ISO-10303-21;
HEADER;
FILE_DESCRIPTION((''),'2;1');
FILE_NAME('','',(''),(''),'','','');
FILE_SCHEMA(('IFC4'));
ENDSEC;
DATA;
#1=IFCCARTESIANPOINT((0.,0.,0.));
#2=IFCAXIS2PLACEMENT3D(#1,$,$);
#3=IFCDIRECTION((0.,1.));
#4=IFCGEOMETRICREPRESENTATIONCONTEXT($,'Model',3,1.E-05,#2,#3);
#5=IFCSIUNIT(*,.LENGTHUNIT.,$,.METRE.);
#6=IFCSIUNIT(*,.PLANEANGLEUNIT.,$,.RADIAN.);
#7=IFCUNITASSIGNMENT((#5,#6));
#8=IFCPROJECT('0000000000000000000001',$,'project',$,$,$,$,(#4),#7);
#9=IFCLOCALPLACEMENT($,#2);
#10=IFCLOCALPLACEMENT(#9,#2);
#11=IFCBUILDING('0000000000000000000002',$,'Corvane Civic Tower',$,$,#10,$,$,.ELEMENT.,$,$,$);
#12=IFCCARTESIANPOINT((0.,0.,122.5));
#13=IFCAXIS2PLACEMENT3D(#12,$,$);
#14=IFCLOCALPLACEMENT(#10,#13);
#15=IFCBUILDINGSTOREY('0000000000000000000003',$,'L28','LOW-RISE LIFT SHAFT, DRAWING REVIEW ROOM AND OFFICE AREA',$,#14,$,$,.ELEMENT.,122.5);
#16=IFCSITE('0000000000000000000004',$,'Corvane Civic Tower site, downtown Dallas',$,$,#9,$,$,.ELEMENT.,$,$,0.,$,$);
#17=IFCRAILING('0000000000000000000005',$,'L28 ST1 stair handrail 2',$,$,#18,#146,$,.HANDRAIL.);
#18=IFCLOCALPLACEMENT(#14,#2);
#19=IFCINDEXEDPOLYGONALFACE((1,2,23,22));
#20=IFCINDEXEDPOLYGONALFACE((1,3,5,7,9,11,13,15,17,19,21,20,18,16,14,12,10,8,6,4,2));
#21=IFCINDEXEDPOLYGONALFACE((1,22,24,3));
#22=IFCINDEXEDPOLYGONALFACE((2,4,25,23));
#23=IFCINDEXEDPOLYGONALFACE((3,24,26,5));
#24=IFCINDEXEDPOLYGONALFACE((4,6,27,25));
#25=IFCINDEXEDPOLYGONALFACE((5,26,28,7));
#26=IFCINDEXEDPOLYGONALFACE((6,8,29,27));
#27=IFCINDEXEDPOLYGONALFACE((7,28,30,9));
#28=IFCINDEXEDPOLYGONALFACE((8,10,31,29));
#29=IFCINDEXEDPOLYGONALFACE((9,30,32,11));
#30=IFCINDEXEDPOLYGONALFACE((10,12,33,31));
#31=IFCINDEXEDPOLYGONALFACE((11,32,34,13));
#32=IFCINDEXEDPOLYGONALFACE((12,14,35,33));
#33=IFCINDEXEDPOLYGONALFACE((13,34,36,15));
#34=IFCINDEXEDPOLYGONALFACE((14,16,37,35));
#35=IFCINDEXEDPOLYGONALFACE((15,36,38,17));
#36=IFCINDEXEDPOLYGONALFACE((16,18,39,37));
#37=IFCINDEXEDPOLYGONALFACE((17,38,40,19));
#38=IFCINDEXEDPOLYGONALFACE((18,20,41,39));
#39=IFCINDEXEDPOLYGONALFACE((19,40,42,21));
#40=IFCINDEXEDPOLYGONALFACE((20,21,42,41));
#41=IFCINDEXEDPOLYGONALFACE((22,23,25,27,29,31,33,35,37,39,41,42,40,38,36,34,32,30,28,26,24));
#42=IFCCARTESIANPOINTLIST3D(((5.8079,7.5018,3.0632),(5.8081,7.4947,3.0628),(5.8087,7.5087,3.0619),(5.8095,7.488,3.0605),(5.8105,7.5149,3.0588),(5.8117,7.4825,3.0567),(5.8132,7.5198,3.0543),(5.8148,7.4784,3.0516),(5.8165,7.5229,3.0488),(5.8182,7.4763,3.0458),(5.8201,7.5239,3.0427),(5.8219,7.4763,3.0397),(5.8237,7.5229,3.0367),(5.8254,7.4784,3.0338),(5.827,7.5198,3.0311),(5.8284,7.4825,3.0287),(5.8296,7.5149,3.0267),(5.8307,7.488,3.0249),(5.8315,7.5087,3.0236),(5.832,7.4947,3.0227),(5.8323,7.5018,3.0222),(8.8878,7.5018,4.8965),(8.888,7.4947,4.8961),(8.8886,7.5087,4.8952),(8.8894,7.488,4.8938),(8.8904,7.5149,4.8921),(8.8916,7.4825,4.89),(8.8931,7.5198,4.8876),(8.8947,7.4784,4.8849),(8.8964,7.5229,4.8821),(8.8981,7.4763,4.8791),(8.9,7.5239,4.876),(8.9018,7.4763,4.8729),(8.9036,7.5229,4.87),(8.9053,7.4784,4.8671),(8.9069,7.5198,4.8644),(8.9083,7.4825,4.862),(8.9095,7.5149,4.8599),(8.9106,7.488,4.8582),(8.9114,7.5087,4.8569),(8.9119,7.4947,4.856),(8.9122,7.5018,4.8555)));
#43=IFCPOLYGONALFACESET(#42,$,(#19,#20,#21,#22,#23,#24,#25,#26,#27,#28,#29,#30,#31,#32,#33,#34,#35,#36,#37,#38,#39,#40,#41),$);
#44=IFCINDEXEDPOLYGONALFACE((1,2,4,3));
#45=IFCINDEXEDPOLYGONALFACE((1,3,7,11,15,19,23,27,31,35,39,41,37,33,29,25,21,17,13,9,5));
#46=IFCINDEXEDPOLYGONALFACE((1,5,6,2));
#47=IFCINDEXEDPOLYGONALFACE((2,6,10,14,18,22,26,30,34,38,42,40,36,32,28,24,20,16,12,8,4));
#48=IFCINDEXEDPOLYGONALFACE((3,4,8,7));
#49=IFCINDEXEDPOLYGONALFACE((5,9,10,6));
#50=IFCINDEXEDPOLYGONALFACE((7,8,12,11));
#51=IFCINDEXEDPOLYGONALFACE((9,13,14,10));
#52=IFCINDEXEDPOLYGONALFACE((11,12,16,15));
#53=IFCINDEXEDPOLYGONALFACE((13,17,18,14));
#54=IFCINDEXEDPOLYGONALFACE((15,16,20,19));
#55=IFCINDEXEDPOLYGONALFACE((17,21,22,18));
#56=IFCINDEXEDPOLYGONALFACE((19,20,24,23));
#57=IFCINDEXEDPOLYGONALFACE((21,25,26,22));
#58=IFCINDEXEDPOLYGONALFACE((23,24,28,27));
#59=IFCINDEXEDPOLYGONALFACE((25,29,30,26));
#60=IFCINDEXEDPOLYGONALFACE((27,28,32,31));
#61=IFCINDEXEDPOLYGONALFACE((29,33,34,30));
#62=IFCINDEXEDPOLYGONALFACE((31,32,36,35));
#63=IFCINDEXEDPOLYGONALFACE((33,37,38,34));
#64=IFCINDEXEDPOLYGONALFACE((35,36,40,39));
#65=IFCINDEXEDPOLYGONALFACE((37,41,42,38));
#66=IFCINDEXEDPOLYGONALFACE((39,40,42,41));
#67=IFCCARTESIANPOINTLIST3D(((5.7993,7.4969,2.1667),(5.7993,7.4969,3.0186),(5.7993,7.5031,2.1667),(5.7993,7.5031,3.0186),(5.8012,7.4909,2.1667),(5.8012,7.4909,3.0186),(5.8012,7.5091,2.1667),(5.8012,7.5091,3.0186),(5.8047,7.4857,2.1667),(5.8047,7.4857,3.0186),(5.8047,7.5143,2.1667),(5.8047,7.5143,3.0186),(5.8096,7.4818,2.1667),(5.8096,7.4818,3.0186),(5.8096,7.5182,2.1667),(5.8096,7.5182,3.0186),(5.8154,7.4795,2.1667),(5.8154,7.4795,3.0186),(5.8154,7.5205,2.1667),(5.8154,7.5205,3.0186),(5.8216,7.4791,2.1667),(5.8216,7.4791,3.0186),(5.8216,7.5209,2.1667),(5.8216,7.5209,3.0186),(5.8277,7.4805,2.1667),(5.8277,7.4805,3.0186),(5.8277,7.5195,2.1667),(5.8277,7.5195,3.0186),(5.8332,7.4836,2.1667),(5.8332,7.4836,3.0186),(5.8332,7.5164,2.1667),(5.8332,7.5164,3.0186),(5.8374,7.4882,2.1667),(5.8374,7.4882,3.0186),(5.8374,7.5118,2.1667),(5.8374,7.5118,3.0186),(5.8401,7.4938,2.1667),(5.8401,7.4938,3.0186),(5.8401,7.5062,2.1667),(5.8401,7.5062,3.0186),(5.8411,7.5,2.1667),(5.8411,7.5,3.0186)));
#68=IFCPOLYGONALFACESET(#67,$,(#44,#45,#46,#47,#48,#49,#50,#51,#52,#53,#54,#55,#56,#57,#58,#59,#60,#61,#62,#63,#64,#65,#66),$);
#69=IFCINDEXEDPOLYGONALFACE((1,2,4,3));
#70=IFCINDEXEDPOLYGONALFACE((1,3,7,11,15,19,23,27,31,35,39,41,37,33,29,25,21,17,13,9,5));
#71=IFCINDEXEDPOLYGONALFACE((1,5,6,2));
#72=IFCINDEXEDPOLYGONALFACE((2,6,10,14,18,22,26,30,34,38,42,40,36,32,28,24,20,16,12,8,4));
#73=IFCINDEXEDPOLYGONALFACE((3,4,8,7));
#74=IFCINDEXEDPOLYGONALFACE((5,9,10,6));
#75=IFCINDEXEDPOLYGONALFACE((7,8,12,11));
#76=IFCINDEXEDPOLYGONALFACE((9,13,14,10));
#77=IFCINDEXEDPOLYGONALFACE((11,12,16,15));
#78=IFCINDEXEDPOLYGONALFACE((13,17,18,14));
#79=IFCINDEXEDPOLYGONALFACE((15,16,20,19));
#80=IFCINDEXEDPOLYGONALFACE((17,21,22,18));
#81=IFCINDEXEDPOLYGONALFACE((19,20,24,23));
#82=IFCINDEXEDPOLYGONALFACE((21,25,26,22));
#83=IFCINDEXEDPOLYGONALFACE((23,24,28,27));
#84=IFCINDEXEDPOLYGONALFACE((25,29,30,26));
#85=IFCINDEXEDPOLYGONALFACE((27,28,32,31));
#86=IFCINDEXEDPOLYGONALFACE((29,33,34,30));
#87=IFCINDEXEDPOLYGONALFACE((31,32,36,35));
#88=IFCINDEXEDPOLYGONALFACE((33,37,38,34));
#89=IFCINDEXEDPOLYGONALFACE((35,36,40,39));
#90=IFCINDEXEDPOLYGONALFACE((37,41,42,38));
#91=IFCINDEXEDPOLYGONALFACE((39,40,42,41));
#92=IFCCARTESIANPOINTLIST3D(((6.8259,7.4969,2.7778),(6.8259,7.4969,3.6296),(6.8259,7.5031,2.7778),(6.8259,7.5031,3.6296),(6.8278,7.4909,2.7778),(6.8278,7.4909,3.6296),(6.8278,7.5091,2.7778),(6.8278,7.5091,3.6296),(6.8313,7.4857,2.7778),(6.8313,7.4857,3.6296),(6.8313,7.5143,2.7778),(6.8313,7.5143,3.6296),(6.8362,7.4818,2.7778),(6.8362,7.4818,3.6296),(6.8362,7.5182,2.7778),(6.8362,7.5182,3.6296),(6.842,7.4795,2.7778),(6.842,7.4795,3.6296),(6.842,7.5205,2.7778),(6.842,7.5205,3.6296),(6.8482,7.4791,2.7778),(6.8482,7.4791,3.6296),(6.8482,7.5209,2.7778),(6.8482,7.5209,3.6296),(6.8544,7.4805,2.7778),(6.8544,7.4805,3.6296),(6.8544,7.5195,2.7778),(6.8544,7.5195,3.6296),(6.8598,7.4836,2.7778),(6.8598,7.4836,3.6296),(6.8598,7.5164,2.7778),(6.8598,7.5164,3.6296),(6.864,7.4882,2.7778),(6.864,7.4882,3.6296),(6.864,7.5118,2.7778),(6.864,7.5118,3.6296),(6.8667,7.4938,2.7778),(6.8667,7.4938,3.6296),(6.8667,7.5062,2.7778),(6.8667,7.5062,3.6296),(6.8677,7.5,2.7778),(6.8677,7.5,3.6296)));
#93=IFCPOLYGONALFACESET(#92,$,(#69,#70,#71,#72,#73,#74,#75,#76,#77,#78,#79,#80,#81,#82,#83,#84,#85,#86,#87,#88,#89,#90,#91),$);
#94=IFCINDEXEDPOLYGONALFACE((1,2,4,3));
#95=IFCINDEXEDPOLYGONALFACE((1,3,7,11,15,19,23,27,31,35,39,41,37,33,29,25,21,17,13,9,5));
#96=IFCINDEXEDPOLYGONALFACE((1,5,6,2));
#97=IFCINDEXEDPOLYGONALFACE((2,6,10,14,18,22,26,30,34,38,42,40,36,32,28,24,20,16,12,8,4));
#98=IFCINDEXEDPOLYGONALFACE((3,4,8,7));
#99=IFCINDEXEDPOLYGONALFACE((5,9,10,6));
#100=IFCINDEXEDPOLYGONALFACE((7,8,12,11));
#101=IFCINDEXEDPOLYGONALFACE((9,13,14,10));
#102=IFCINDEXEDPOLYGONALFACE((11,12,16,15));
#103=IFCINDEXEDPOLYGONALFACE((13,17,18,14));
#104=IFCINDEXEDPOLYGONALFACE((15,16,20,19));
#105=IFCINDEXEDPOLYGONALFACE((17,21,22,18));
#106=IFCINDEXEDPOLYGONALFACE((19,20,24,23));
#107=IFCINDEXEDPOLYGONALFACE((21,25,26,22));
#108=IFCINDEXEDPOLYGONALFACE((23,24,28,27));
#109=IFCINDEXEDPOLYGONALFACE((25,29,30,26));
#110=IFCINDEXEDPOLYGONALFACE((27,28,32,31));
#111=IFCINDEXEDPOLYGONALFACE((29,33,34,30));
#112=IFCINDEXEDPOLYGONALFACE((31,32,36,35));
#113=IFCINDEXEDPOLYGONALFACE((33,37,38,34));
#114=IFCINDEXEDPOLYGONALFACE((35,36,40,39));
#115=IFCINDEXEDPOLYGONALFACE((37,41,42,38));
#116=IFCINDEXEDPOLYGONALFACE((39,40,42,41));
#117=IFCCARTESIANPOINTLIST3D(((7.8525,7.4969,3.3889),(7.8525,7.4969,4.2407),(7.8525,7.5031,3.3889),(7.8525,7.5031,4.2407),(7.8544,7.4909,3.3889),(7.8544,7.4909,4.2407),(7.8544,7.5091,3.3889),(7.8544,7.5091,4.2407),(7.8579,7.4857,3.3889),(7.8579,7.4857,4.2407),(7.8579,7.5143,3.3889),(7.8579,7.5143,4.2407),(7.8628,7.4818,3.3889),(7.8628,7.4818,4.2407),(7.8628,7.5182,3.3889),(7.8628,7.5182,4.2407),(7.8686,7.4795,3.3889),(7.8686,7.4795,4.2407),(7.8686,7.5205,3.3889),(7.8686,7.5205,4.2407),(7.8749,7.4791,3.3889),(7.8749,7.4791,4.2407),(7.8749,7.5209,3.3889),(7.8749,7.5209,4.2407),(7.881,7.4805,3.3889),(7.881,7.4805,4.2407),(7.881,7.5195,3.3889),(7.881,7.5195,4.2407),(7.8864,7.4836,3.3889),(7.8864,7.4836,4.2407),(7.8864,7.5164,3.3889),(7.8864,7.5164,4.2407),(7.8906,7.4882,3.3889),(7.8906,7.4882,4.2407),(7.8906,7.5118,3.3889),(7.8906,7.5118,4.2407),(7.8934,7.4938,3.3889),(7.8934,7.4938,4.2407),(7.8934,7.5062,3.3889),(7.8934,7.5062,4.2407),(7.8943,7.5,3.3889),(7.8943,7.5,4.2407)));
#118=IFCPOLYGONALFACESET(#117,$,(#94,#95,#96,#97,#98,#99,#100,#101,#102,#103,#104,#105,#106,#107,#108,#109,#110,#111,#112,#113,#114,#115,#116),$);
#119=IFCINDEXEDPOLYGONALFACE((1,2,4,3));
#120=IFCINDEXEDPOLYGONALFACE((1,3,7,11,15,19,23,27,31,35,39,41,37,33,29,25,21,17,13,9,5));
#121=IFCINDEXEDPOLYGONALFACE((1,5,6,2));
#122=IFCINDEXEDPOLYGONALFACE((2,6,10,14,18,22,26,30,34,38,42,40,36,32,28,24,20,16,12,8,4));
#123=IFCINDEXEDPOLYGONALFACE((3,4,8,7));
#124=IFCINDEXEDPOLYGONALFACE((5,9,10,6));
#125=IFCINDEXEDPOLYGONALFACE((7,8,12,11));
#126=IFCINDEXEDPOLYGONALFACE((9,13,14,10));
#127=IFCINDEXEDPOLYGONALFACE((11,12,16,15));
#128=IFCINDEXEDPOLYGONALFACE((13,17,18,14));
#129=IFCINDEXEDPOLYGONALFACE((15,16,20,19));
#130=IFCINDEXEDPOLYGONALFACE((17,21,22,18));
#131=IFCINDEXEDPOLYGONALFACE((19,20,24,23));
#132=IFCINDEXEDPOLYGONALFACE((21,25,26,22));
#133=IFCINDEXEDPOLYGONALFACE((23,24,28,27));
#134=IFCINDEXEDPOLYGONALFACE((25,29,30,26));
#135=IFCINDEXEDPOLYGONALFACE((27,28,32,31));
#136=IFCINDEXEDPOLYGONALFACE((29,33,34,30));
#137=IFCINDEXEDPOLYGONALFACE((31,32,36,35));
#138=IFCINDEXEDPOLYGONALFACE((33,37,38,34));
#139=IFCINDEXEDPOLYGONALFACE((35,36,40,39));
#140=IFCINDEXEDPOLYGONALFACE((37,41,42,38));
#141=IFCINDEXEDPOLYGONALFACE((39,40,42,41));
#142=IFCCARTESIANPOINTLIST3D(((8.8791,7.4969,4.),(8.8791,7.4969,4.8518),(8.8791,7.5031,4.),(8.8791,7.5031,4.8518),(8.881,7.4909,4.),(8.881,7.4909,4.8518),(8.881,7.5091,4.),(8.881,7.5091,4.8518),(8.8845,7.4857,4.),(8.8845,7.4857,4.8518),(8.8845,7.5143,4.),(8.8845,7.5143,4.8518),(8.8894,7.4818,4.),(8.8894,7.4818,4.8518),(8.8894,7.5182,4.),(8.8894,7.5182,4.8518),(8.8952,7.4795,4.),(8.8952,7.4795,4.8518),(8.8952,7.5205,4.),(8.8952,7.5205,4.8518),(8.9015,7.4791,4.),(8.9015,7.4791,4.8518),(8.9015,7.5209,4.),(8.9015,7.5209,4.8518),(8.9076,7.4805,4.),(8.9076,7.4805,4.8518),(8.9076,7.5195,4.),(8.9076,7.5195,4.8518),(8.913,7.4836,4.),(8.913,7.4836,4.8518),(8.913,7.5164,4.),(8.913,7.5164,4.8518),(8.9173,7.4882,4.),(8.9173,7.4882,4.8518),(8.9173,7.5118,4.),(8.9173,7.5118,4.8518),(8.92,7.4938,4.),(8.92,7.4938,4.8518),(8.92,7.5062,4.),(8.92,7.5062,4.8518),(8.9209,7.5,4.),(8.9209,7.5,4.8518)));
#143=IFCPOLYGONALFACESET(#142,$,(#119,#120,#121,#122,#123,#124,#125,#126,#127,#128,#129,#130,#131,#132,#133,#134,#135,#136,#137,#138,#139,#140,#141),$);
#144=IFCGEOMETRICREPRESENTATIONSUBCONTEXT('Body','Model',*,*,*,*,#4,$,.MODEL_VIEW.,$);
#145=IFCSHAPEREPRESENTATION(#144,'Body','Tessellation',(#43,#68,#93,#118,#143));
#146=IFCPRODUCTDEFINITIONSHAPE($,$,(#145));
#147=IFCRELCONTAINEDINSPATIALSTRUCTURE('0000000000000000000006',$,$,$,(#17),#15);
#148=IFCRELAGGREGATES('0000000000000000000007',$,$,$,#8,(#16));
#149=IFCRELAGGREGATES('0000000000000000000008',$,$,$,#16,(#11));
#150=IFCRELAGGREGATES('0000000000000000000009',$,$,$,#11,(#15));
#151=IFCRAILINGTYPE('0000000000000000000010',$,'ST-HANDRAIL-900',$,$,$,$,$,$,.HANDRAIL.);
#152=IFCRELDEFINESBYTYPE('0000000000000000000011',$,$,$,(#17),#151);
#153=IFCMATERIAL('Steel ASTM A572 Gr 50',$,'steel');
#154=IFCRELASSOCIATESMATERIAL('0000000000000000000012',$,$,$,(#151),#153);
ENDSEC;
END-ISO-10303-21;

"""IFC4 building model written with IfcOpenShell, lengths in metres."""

from ifc_helpers import new_model, si_unit, direction, frame, origin, origin_2d, place, context, subcontext, project, spatial, circle, extrude, material, type_object, element, save


model = new_model("IFC4")

# Units and contexts
model_context = context("Model", 3, precision=1e-05, world=origin(), true_north=direction((0.0, 1.0)))
body_context = subcontext(model_context, "Body", "Model", "MODEL_VIEW")
ifc_project = project(units=[si_unit("LENGTHUNIT", "METRE"), si_unit("PLANEANGLEUNIT", "RADIAN")], contexts=[model_context])

# Site, building, storey
site_placement = place(None, origin())
site = spatial("IfcSite", under=ifc_project, at=site_placement, Name="Corvane Civic Tower site, downtown Dallas", CompositionType="ELEMENT", RefElevation=0.0)
building_placement = place(site_placement, origin())
building = spatial("IfcBuilding", under=site, at=building_placement, Name="Corvane Civic Tower", CompositionType="ELEMENT")
storey_placement = place(building_placement, frame((0.0, 0.0, 122.5)))
storey = spatial("IfcBuildingStorey", under=building, at=storey_placement, Name="L28", Description="LOW-RISE LIFT SHAFT, DRAWING REVIEW ROOM AND OFFICE AREA", CompositionType="ELEMENT", Elevation=122.5)

# Railing
ifc_material_1 = material(Name="Steel ASTM A572 Gr 50", Category="steel")
railing_type = type_object("IfcRailingType", Name="ST-HANDRAIL-900", PredefinedType="HANDRAIL", material=ifc_material_1)
railing_placement = place(storey_placement, frame((5.8201, 7.5, 2.1667)))
element("IfcRailing", 1, at=railing_placement, inside=storey, type_object=railing_type, Name="L28 ST1 stair handrail 2", PredefinedType="HANDRAIL", context=body_context, shape_type="SweptSolid", body=[
    extrude(circle(Radius=0.0239, at=origin_2d()), frame((0.0, 0.0, 0.876), z_axis=(0.859291, 0.0, 0.511487), x_axis=(0.0, 1.0, 0.0)), (0.0, 0.0, 1.0), 3.5842),
    extrude(circle(Radius=0.021, at=origin_2d()), origin(), (0.0, 0.0, 1.0), 0.8518),
    extrude(circle(Radius=0.021, at=origin_2d()), frame((1.0266, 0.0, 0.6111)), (0.0, 0.0, 1.0), 0.8518),
    extrude(circle(Radius=0.021, at=origin_2d()), frame((2.0532, 0.0, 1.2222)), (0.0, 0.0, 1.0), 0.8518),
    extrude(circle(Radius=0.021, at=origin_2d()), frame((3.0798, 0.0, 1.8333)), (0.0, 0.0, 1.0), 0.8518),
])

save(model, "model.ifc")
